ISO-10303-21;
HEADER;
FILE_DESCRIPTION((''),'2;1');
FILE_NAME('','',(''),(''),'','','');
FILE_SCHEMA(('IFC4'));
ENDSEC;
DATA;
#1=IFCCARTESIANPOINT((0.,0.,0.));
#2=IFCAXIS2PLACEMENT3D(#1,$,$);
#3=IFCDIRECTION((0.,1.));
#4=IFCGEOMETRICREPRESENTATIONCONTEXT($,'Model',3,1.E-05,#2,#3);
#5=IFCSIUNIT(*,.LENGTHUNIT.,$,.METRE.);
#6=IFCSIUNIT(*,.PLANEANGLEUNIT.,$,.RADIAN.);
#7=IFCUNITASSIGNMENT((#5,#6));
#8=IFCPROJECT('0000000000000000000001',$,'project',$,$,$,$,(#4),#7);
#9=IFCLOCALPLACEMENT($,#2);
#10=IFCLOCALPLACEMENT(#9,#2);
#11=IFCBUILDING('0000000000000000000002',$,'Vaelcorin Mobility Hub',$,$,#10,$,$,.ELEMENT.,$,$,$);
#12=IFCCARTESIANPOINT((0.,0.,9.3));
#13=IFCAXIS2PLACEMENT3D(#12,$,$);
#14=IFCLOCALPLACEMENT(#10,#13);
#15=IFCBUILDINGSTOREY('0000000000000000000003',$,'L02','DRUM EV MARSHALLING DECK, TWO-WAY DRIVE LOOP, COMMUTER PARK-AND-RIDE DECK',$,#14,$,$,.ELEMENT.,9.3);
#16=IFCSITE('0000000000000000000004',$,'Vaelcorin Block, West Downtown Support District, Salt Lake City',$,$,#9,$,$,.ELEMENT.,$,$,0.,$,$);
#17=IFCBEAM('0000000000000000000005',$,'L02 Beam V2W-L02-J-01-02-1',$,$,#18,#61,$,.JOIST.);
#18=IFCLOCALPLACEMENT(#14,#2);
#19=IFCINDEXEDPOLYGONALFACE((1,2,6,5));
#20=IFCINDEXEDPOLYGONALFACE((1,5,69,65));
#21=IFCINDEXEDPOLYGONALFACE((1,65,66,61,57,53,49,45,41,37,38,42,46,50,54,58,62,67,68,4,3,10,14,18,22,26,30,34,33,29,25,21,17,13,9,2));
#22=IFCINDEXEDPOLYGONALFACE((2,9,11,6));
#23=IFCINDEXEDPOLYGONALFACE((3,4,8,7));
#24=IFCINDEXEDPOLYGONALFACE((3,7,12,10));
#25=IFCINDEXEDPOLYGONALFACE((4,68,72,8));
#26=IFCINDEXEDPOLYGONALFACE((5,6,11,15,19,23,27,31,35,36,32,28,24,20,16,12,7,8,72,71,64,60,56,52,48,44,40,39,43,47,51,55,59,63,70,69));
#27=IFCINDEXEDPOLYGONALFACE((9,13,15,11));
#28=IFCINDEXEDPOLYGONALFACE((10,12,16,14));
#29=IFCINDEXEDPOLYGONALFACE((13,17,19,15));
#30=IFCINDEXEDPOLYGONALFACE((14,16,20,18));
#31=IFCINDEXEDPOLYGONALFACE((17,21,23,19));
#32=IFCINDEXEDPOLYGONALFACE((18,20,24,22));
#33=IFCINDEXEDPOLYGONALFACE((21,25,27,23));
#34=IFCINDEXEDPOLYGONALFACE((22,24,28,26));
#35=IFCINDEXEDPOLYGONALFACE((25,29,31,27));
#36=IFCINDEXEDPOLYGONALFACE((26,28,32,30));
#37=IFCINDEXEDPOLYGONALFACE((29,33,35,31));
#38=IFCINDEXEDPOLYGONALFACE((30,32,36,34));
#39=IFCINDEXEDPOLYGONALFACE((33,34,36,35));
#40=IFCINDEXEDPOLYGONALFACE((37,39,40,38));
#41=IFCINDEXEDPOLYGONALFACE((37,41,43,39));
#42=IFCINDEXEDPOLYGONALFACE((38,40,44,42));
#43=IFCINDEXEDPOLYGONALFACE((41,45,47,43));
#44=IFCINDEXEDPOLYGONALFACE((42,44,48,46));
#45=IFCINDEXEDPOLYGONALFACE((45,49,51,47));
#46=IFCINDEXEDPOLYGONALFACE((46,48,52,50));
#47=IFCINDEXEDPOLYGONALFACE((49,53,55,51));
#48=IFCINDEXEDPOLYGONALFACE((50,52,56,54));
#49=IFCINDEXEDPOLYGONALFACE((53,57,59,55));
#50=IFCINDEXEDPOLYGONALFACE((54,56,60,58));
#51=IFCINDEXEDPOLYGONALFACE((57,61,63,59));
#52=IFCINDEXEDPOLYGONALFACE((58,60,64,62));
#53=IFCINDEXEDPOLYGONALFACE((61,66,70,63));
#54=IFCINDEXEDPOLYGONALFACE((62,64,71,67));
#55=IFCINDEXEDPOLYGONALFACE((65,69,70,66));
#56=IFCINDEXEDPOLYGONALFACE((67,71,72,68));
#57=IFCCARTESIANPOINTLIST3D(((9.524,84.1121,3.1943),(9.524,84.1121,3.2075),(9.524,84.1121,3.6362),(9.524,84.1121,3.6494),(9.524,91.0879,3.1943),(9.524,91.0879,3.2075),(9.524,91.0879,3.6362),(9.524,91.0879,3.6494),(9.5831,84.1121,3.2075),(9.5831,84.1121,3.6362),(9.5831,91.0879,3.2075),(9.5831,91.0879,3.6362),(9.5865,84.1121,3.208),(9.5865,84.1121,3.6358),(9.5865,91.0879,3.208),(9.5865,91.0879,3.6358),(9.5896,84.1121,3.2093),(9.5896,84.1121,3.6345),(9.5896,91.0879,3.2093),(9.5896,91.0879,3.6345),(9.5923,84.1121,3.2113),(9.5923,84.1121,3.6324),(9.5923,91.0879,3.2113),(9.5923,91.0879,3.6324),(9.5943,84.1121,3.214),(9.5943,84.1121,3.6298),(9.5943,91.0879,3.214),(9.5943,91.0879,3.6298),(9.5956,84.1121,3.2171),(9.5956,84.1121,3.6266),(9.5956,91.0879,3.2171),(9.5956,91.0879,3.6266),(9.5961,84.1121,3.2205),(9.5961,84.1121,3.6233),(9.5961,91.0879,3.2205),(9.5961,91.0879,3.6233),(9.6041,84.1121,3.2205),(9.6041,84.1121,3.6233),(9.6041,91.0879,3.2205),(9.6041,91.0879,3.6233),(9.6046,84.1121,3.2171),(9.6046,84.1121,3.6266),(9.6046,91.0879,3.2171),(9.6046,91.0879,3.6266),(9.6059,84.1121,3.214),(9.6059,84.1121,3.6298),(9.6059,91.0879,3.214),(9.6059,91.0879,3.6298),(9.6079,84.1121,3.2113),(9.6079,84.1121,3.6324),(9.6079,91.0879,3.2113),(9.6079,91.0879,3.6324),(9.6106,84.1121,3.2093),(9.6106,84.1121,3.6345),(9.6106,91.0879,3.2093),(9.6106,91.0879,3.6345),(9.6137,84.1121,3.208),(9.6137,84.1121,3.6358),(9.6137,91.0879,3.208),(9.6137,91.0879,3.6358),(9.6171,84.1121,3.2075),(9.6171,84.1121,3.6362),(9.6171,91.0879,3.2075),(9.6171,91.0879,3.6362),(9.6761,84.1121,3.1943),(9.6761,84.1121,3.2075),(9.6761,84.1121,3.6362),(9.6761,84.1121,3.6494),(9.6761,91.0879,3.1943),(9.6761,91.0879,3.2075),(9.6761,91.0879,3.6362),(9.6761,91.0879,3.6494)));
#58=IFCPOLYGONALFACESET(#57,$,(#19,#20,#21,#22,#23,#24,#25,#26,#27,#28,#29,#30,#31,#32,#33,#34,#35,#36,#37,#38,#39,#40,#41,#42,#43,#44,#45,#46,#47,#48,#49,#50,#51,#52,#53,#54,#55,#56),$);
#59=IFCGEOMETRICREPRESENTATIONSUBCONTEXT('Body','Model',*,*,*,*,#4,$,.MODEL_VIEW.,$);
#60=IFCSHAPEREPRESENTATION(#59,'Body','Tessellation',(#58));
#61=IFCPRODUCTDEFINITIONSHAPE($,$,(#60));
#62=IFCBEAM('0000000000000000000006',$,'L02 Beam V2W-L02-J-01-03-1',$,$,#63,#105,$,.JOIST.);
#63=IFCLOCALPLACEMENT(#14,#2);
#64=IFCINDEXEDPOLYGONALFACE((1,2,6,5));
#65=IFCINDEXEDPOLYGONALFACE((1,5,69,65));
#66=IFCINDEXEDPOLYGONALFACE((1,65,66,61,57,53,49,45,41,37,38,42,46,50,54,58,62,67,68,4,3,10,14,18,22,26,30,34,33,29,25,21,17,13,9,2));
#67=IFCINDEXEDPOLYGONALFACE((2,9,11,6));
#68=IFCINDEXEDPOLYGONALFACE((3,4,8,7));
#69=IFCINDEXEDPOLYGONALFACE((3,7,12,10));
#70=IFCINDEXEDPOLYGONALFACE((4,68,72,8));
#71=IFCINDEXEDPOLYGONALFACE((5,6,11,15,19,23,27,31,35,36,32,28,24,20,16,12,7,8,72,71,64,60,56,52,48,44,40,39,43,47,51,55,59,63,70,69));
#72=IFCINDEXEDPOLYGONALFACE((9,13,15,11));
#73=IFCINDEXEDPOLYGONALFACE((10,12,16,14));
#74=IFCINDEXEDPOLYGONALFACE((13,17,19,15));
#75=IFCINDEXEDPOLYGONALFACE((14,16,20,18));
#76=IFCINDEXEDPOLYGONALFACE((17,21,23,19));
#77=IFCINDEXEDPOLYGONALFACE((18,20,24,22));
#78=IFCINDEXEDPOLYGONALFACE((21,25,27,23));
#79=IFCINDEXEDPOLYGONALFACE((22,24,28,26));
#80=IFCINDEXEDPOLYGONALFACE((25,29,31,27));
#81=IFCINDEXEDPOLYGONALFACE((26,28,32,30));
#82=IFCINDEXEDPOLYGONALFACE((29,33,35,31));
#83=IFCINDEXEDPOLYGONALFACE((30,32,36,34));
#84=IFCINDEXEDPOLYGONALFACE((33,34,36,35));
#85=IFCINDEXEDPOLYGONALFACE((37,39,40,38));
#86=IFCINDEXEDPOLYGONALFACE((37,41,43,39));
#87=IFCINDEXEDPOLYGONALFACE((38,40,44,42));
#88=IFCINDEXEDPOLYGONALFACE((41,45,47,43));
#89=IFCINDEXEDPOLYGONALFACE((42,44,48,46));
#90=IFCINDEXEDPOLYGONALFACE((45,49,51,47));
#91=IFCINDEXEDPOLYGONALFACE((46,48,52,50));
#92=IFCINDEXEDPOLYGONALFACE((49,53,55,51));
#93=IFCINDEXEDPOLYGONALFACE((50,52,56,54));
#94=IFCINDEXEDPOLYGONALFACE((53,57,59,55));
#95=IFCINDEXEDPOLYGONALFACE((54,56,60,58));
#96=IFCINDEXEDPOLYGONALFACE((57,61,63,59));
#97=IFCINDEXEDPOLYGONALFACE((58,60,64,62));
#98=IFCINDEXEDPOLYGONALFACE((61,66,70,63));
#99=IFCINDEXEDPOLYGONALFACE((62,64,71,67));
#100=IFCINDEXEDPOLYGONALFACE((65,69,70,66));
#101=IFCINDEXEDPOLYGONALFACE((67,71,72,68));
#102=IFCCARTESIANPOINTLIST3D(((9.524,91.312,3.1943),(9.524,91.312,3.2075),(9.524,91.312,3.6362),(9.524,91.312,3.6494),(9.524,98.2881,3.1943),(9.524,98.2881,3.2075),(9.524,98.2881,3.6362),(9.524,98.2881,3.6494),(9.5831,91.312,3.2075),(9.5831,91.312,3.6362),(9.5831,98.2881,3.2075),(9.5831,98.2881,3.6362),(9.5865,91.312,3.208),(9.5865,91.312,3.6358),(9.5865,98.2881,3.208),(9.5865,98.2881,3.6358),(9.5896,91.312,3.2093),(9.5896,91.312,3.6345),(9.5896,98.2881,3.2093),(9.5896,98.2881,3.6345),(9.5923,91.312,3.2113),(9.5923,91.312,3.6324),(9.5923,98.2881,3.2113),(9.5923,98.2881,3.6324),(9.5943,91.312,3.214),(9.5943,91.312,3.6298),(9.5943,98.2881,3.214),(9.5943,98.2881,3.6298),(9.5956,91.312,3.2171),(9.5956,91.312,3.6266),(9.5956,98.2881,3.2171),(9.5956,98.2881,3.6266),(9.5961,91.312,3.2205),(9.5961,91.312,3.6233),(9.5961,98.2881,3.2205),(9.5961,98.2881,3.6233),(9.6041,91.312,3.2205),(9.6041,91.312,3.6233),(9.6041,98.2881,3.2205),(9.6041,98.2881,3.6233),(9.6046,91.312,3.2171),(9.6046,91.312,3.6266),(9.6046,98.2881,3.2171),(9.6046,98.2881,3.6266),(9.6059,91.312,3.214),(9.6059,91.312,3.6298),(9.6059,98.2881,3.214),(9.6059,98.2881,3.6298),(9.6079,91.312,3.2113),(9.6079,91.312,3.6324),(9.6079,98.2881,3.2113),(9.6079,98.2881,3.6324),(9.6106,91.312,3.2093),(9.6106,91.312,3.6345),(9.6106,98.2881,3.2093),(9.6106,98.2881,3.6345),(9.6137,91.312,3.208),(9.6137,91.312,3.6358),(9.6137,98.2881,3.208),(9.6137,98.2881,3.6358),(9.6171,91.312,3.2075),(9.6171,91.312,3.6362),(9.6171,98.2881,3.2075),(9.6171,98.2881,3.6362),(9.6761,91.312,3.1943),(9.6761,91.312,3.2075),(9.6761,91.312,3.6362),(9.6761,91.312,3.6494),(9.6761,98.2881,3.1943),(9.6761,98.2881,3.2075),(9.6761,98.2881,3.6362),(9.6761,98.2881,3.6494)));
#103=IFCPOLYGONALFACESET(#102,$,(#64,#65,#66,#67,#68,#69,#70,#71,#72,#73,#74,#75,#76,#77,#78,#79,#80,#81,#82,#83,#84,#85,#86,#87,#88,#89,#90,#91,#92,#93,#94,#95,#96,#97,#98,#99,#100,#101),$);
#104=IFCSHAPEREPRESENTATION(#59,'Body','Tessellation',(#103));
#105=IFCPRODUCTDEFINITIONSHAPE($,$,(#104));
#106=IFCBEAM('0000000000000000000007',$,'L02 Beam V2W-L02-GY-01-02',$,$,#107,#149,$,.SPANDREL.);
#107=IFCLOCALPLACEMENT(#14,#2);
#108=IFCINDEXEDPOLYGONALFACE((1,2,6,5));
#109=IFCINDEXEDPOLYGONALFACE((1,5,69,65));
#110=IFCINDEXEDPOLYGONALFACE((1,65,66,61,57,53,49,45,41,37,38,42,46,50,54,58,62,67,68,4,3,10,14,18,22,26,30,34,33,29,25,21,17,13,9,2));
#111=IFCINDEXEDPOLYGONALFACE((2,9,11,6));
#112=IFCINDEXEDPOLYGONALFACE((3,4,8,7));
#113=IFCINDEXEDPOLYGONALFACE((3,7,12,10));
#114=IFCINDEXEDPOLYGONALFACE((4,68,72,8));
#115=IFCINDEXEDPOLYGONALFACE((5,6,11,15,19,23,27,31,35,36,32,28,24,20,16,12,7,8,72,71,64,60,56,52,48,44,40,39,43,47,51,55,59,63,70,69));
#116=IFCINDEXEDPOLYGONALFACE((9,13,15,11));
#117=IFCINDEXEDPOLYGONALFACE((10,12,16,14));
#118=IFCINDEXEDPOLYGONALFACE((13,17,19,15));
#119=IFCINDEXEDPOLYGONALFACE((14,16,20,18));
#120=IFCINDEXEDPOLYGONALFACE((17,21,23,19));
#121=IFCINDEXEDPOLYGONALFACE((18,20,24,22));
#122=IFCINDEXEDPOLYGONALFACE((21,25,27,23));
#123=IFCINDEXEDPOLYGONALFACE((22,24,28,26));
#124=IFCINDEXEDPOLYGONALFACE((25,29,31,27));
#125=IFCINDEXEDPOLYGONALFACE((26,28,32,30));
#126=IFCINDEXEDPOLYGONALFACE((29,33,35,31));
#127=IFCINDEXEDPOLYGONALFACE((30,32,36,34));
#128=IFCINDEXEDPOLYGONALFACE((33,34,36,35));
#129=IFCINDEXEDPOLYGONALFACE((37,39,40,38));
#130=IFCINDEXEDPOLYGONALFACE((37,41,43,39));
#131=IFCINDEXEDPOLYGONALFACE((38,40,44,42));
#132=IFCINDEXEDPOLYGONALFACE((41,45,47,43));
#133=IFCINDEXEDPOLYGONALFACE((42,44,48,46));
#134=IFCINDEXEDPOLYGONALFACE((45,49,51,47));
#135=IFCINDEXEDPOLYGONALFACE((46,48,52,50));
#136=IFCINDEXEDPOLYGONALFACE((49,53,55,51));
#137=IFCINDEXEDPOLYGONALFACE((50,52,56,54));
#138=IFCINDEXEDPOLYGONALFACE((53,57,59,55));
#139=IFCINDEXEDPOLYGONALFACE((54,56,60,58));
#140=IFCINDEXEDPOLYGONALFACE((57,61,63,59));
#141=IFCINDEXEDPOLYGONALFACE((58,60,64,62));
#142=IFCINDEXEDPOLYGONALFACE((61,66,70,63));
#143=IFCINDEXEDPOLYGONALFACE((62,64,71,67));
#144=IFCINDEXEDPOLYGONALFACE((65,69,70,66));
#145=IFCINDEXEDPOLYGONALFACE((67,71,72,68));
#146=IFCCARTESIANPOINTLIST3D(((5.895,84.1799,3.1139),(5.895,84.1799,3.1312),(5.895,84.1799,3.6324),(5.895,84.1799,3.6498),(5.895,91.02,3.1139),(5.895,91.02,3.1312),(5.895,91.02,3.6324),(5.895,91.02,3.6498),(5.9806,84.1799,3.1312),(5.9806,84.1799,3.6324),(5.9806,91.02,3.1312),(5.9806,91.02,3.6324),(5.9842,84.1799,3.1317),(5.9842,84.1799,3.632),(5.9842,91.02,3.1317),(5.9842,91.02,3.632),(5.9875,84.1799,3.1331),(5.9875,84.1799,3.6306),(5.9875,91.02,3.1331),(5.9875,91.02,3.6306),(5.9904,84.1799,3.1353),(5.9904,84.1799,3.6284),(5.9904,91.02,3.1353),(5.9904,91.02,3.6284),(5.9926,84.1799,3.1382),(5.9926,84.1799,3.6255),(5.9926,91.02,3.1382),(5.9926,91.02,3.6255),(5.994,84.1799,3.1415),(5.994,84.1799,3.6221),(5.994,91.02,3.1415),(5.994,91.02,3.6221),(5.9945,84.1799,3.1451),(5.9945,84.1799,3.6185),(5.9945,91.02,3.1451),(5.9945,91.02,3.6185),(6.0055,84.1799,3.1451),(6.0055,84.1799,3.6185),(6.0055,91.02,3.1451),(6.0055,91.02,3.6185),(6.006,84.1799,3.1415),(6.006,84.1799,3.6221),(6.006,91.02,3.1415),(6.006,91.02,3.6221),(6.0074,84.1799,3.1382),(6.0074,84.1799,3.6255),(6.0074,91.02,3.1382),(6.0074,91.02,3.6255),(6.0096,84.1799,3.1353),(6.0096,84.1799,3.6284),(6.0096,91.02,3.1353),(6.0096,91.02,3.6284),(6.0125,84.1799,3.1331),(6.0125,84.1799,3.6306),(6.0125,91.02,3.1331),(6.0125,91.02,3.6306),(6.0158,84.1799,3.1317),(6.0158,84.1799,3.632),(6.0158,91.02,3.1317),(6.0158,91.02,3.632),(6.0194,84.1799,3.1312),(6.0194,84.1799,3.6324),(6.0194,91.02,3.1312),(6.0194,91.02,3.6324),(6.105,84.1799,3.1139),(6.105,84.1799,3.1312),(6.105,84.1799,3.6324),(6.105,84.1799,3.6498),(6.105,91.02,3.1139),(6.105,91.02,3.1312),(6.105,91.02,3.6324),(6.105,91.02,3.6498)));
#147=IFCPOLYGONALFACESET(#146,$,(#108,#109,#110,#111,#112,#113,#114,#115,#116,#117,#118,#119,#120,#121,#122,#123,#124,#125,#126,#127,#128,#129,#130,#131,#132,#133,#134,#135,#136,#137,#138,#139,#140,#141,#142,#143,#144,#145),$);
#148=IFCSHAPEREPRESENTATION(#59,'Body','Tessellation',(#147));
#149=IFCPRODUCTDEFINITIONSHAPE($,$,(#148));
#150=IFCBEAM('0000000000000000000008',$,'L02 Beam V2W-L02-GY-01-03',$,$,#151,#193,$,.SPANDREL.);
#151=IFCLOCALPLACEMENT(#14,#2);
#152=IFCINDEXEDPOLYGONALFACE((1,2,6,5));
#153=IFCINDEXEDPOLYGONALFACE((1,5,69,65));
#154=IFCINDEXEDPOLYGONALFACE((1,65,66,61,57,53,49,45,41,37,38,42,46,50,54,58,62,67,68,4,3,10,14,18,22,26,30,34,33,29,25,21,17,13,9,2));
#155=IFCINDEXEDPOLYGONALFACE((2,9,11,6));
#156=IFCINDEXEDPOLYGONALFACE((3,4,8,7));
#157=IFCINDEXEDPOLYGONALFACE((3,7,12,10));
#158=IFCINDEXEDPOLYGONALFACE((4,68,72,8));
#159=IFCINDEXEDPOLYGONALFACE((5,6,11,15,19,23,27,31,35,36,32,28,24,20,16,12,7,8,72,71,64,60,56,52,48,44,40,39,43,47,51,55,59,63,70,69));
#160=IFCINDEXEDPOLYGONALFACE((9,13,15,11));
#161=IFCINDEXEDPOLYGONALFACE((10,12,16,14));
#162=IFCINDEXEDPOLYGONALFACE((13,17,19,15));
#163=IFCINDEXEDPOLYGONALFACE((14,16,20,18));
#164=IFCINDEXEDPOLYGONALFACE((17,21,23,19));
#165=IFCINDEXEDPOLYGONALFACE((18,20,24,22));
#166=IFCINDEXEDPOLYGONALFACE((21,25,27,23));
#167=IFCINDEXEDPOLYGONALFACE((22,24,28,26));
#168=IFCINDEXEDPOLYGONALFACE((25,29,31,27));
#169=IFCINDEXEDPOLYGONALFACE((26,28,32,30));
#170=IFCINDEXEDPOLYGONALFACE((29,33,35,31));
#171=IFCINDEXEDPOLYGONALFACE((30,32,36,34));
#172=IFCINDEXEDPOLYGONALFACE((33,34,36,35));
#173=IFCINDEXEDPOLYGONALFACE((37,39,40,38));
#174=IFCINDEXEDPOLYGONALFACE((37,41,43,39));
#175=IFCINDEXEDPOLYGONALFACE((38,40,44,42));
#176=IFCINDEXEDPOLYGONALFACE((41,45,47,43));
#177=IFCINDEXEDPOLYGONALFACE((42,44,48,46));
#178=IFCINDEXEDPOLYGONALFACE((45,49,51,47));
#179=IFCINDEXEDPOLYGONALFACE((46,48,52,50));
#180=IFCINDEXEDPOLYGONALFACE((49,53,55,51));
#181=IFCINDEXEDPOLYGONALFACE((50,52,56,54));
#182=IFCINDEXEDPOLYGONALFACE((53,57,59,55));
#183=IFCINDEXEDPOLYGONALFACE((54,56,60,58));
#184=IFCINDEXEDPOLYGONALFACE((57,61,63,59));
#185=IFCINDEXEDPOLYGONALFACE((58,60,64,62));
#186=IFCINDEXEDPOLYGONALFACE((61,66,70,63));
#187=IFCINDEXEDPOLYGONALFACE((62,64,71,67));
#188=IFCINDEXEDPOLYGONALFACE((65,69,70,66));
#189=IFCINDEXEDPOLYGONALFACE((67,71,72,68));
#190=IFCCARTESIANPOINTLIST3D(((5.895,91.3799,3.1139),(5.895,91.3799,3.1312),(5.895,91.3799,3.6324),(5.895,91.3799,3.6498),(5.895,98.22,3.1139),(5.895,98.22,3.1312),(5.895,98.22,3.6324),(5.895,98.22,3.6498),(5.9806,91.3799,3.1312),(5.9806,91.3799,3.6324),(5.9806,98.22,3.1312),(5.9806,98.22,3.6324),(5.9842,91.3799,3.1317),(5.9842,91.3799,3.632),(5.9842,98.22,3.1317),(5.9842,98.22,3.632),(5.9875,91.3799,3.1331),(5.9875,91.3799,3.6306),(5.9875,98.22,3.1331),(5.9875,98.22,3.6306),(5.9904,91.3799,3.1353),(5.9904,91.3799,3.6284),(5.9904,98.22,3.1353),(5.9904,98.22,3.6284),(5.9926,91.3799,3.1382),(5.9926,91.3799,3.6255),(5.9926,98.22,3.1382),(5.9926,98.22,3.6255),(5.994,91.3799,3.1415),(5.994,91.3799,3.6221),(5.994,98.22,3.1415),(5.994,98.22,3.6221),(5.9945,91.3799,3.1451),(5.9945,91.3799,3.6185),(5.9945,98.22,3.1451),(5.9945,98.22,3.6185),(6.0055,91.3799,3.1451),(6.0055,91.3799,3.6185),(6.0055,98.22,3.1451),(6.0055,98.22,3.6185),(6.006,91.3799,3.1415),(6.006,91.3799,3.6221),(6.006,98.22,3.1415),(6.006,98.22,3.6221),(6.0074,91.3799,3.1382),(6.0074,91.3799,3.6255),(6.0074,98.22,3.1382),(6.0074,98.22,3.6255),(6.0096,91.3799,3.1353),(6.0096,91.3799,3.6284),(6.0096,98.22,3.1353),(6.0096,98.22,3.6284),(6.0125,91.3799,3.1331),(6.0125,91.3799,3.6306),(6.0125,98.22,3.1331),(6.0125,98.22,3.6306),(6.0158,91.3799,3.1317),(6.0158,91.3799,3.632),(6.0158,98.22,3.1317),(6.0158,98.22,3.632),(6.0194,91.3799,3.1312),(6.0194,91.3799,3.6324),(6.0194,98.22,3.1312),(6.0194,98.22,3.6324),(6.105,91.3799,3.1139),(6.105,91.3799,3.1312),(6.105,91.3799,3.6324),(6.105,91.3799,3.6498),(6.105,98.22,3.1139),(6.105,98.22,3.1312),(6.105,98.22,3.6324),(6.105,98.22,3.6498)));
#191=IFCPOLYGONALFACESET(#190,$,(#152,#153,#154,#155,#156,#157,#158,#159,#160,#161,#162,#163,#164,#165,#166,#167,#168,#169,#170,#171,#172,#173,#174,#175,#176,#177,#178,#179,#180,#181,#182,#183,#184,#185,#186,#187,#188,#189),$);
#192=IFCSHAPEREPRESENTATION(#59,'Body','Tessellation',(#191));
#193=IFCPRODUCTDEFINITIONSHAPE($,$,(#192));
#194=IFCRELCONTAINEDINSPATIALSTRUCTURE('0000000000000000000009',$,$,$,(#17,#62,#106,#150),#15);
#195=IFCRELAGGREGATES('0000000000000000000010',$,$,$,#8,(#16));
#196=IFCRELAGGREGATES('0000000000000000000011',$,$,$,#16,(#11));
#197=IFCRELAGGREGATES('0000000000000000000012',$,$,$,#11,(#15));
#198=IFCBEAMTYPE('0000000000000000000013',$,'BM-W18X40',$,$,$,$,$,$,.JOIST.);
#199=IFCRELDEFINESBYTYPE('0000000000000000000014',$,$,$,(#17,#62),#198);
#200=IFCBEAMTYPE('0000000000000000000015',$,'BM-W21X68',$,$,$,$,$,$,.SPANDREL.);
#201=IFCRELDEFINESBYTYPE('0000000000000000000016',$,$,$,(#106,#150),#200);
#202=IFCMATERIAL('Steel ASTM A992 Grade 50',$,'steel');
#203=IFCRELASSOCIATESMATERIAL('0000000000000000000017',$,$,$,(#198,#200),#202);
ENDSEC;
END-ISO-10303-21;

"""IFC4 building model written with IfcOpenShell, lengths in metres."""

from ifc_helpers import new_model, si_unit, direction, frame, origin, origin_2d, place, context, subcontext, project, spatial, i_section, extrude, material, material_profile, profile_set, type_object, element, save


model = new_model("IFC4")

# Units and contexts
model_context = context("Model", 3, precision=1e-05, world=origin(), true_north=direction((0.0, 1.0)))
body_context = subcontext(model_context, "Body", "Model", "MODEL_VIEW")
ifc_project = project(units=[si_unit("LENGTHUNIT", "METRE"), si_unit("PLANEANGLEUNIT", "RADIAN")], contexts=[model_context])

# Site, building, storey
site_placement = place(None, origin())
site = spatial("IfcSite", under=ifc_project, at=site_placement, Name="Vaelcorin Block, West Downtown Support District, Salt Lake City", CompositionType="ELEMENT", RefElevation=0.0)
building_placement = place(site_placement, origin())
building = spatial("IfcBuilding", under=site, at=building_placement, Name="Vaelcorin Mobility Hub", CompositionType="ELEMENT")
storey_placement = place(building_placement, frame((0.0, 0.0, 9.3)))
storey = spatial("IfcBuildingStorey", under=building, at=storey_placement, Name="L02", Description="DRUM EV MARSHALLING DECK, TWO-WAY DRIVE LOOP, COMMUTER PARK-AND-RIDE DECK", CompositionType="ELEMENT", Elevation=9.3)

# Shared definitions
ifc_material_1 = material(Name="Steel ASTM A992 Grade 50", Category="steel")

# Beams
ifc_material_profile_1 = material_profile(ifc_material_1, i_section(OverallWidth=0.1521, OverallDepth=0.4551, WebThickness=0.0081, FlangeThickness=0.0132, FilletRadius=0.0129, at=origin_2d()), Name="W18X40")
ifc_profile_set_1 = profile_set([ifc_material_profile_1], Name="Steel ASTM A992 Grade 50")
beam_type_1 = type_object("IfcBeamType", Name="BM-W18X40", PredefinedType="JOIST", material=ifc_profile_set_1)
beam_1_placement = place(storey_placement, frame((9.6001, 84.1121, 3.4219), z_axis=(0.0, 1.0, 0.0), x_axis=(-1.0, 0.0, 0.0)))
element("IfcBeam", 1, at=beam_1_placement, inside=storey, type_object=beam_type_1, Name="L02 Beam V2W-L02-J-01-02-1", PredefinedType="JOIST", context=body_context, shape_type="SweptSolid", body=[
    extrude(i_section(OverallWidth=0.1521, OverallDepth=0.4551, WebThickness=0.0081, FlangeThickness=0.0132, FilletRadius=0.0129, at=origin_2d()), origin(), (0.0, 0.0, 1.0), 6.9758),
])
beam_2_placement = place(storey_placement, frame((9.6001, 91.312, 3.4219), z_axis=(0.0, 1.0, 0.0), x_axis=(-1.0, 0.0, 0.0)))
element("IfcBeam", 2, at=beam_2_placement, inside=storey, type_object=beam_type_1, Name="L02 Beam V2W-L02-J-01-03-1", PredefinedType="JOIST", context=body_context, shape_type="SweptSolid", body=[
    extrude(i_section(OverallWidth=0.1521, OverallDepth=0.4551, WebThickness=0.0081, FlangeThickness=0.0132, FilletRadius=0.0129, at=origin_2d()), origin(), (0.0, 0.0, 1.0), 6.9761),
])
ifc_material_profile_2 = material_profile(ifc_material_1, i_section(OverallWidth=0.21, OverallDepth=0.5359, WebThickness=0.011, FlangeThickness=0.0173, FilletRadius=0.0139, at=origin_2d()), Name="W21X68")
ifc_profile_set_2 = profile_set([ifc_material_profile_2], Name="Steel ASTM A992 Grade 50")
beam_type_2 = type_object("IfcBeamType", Name="BM-W21X68", PredefinedType="SPANDREL", material=ifc_profile_set_2)
for number, where, z_axis, x_axis, name in (
    (3, (6.0, 84.1799, 3.3818), (0.0, 1.0, 0.0), (-1.0, 0.0, 0.0), "L02 Beam V2W-L02-GY-01-02"),
    (4, (6.0, 91.3799, 3.3818), (0.0, 1.0, 0.0), (-1.0, 0.0, 0.0), "L02 Beam V2W-L02-GY-01-03"),
):
    element("IfcBeam", number, at=place(storey_placement, frame(where, z_axis=z_axis, x_axis=x_axis)), inside=storey, type_object=beam_type_2, Name=name, PredefinedType="SPANDREL", context=body_context, shape_type="SweptSolid", body=[
        extrude(i_section(OverallWidth=0.21, OverallDepth=0.5359, WebThickness=0.011, FlangeThickness=0.0173, FilletRadius=0.0139, at=origin_2d()), origin(), (0.0, 0.0, 1.0), 6.8401),
    ])

save(model, "model.ifc")
